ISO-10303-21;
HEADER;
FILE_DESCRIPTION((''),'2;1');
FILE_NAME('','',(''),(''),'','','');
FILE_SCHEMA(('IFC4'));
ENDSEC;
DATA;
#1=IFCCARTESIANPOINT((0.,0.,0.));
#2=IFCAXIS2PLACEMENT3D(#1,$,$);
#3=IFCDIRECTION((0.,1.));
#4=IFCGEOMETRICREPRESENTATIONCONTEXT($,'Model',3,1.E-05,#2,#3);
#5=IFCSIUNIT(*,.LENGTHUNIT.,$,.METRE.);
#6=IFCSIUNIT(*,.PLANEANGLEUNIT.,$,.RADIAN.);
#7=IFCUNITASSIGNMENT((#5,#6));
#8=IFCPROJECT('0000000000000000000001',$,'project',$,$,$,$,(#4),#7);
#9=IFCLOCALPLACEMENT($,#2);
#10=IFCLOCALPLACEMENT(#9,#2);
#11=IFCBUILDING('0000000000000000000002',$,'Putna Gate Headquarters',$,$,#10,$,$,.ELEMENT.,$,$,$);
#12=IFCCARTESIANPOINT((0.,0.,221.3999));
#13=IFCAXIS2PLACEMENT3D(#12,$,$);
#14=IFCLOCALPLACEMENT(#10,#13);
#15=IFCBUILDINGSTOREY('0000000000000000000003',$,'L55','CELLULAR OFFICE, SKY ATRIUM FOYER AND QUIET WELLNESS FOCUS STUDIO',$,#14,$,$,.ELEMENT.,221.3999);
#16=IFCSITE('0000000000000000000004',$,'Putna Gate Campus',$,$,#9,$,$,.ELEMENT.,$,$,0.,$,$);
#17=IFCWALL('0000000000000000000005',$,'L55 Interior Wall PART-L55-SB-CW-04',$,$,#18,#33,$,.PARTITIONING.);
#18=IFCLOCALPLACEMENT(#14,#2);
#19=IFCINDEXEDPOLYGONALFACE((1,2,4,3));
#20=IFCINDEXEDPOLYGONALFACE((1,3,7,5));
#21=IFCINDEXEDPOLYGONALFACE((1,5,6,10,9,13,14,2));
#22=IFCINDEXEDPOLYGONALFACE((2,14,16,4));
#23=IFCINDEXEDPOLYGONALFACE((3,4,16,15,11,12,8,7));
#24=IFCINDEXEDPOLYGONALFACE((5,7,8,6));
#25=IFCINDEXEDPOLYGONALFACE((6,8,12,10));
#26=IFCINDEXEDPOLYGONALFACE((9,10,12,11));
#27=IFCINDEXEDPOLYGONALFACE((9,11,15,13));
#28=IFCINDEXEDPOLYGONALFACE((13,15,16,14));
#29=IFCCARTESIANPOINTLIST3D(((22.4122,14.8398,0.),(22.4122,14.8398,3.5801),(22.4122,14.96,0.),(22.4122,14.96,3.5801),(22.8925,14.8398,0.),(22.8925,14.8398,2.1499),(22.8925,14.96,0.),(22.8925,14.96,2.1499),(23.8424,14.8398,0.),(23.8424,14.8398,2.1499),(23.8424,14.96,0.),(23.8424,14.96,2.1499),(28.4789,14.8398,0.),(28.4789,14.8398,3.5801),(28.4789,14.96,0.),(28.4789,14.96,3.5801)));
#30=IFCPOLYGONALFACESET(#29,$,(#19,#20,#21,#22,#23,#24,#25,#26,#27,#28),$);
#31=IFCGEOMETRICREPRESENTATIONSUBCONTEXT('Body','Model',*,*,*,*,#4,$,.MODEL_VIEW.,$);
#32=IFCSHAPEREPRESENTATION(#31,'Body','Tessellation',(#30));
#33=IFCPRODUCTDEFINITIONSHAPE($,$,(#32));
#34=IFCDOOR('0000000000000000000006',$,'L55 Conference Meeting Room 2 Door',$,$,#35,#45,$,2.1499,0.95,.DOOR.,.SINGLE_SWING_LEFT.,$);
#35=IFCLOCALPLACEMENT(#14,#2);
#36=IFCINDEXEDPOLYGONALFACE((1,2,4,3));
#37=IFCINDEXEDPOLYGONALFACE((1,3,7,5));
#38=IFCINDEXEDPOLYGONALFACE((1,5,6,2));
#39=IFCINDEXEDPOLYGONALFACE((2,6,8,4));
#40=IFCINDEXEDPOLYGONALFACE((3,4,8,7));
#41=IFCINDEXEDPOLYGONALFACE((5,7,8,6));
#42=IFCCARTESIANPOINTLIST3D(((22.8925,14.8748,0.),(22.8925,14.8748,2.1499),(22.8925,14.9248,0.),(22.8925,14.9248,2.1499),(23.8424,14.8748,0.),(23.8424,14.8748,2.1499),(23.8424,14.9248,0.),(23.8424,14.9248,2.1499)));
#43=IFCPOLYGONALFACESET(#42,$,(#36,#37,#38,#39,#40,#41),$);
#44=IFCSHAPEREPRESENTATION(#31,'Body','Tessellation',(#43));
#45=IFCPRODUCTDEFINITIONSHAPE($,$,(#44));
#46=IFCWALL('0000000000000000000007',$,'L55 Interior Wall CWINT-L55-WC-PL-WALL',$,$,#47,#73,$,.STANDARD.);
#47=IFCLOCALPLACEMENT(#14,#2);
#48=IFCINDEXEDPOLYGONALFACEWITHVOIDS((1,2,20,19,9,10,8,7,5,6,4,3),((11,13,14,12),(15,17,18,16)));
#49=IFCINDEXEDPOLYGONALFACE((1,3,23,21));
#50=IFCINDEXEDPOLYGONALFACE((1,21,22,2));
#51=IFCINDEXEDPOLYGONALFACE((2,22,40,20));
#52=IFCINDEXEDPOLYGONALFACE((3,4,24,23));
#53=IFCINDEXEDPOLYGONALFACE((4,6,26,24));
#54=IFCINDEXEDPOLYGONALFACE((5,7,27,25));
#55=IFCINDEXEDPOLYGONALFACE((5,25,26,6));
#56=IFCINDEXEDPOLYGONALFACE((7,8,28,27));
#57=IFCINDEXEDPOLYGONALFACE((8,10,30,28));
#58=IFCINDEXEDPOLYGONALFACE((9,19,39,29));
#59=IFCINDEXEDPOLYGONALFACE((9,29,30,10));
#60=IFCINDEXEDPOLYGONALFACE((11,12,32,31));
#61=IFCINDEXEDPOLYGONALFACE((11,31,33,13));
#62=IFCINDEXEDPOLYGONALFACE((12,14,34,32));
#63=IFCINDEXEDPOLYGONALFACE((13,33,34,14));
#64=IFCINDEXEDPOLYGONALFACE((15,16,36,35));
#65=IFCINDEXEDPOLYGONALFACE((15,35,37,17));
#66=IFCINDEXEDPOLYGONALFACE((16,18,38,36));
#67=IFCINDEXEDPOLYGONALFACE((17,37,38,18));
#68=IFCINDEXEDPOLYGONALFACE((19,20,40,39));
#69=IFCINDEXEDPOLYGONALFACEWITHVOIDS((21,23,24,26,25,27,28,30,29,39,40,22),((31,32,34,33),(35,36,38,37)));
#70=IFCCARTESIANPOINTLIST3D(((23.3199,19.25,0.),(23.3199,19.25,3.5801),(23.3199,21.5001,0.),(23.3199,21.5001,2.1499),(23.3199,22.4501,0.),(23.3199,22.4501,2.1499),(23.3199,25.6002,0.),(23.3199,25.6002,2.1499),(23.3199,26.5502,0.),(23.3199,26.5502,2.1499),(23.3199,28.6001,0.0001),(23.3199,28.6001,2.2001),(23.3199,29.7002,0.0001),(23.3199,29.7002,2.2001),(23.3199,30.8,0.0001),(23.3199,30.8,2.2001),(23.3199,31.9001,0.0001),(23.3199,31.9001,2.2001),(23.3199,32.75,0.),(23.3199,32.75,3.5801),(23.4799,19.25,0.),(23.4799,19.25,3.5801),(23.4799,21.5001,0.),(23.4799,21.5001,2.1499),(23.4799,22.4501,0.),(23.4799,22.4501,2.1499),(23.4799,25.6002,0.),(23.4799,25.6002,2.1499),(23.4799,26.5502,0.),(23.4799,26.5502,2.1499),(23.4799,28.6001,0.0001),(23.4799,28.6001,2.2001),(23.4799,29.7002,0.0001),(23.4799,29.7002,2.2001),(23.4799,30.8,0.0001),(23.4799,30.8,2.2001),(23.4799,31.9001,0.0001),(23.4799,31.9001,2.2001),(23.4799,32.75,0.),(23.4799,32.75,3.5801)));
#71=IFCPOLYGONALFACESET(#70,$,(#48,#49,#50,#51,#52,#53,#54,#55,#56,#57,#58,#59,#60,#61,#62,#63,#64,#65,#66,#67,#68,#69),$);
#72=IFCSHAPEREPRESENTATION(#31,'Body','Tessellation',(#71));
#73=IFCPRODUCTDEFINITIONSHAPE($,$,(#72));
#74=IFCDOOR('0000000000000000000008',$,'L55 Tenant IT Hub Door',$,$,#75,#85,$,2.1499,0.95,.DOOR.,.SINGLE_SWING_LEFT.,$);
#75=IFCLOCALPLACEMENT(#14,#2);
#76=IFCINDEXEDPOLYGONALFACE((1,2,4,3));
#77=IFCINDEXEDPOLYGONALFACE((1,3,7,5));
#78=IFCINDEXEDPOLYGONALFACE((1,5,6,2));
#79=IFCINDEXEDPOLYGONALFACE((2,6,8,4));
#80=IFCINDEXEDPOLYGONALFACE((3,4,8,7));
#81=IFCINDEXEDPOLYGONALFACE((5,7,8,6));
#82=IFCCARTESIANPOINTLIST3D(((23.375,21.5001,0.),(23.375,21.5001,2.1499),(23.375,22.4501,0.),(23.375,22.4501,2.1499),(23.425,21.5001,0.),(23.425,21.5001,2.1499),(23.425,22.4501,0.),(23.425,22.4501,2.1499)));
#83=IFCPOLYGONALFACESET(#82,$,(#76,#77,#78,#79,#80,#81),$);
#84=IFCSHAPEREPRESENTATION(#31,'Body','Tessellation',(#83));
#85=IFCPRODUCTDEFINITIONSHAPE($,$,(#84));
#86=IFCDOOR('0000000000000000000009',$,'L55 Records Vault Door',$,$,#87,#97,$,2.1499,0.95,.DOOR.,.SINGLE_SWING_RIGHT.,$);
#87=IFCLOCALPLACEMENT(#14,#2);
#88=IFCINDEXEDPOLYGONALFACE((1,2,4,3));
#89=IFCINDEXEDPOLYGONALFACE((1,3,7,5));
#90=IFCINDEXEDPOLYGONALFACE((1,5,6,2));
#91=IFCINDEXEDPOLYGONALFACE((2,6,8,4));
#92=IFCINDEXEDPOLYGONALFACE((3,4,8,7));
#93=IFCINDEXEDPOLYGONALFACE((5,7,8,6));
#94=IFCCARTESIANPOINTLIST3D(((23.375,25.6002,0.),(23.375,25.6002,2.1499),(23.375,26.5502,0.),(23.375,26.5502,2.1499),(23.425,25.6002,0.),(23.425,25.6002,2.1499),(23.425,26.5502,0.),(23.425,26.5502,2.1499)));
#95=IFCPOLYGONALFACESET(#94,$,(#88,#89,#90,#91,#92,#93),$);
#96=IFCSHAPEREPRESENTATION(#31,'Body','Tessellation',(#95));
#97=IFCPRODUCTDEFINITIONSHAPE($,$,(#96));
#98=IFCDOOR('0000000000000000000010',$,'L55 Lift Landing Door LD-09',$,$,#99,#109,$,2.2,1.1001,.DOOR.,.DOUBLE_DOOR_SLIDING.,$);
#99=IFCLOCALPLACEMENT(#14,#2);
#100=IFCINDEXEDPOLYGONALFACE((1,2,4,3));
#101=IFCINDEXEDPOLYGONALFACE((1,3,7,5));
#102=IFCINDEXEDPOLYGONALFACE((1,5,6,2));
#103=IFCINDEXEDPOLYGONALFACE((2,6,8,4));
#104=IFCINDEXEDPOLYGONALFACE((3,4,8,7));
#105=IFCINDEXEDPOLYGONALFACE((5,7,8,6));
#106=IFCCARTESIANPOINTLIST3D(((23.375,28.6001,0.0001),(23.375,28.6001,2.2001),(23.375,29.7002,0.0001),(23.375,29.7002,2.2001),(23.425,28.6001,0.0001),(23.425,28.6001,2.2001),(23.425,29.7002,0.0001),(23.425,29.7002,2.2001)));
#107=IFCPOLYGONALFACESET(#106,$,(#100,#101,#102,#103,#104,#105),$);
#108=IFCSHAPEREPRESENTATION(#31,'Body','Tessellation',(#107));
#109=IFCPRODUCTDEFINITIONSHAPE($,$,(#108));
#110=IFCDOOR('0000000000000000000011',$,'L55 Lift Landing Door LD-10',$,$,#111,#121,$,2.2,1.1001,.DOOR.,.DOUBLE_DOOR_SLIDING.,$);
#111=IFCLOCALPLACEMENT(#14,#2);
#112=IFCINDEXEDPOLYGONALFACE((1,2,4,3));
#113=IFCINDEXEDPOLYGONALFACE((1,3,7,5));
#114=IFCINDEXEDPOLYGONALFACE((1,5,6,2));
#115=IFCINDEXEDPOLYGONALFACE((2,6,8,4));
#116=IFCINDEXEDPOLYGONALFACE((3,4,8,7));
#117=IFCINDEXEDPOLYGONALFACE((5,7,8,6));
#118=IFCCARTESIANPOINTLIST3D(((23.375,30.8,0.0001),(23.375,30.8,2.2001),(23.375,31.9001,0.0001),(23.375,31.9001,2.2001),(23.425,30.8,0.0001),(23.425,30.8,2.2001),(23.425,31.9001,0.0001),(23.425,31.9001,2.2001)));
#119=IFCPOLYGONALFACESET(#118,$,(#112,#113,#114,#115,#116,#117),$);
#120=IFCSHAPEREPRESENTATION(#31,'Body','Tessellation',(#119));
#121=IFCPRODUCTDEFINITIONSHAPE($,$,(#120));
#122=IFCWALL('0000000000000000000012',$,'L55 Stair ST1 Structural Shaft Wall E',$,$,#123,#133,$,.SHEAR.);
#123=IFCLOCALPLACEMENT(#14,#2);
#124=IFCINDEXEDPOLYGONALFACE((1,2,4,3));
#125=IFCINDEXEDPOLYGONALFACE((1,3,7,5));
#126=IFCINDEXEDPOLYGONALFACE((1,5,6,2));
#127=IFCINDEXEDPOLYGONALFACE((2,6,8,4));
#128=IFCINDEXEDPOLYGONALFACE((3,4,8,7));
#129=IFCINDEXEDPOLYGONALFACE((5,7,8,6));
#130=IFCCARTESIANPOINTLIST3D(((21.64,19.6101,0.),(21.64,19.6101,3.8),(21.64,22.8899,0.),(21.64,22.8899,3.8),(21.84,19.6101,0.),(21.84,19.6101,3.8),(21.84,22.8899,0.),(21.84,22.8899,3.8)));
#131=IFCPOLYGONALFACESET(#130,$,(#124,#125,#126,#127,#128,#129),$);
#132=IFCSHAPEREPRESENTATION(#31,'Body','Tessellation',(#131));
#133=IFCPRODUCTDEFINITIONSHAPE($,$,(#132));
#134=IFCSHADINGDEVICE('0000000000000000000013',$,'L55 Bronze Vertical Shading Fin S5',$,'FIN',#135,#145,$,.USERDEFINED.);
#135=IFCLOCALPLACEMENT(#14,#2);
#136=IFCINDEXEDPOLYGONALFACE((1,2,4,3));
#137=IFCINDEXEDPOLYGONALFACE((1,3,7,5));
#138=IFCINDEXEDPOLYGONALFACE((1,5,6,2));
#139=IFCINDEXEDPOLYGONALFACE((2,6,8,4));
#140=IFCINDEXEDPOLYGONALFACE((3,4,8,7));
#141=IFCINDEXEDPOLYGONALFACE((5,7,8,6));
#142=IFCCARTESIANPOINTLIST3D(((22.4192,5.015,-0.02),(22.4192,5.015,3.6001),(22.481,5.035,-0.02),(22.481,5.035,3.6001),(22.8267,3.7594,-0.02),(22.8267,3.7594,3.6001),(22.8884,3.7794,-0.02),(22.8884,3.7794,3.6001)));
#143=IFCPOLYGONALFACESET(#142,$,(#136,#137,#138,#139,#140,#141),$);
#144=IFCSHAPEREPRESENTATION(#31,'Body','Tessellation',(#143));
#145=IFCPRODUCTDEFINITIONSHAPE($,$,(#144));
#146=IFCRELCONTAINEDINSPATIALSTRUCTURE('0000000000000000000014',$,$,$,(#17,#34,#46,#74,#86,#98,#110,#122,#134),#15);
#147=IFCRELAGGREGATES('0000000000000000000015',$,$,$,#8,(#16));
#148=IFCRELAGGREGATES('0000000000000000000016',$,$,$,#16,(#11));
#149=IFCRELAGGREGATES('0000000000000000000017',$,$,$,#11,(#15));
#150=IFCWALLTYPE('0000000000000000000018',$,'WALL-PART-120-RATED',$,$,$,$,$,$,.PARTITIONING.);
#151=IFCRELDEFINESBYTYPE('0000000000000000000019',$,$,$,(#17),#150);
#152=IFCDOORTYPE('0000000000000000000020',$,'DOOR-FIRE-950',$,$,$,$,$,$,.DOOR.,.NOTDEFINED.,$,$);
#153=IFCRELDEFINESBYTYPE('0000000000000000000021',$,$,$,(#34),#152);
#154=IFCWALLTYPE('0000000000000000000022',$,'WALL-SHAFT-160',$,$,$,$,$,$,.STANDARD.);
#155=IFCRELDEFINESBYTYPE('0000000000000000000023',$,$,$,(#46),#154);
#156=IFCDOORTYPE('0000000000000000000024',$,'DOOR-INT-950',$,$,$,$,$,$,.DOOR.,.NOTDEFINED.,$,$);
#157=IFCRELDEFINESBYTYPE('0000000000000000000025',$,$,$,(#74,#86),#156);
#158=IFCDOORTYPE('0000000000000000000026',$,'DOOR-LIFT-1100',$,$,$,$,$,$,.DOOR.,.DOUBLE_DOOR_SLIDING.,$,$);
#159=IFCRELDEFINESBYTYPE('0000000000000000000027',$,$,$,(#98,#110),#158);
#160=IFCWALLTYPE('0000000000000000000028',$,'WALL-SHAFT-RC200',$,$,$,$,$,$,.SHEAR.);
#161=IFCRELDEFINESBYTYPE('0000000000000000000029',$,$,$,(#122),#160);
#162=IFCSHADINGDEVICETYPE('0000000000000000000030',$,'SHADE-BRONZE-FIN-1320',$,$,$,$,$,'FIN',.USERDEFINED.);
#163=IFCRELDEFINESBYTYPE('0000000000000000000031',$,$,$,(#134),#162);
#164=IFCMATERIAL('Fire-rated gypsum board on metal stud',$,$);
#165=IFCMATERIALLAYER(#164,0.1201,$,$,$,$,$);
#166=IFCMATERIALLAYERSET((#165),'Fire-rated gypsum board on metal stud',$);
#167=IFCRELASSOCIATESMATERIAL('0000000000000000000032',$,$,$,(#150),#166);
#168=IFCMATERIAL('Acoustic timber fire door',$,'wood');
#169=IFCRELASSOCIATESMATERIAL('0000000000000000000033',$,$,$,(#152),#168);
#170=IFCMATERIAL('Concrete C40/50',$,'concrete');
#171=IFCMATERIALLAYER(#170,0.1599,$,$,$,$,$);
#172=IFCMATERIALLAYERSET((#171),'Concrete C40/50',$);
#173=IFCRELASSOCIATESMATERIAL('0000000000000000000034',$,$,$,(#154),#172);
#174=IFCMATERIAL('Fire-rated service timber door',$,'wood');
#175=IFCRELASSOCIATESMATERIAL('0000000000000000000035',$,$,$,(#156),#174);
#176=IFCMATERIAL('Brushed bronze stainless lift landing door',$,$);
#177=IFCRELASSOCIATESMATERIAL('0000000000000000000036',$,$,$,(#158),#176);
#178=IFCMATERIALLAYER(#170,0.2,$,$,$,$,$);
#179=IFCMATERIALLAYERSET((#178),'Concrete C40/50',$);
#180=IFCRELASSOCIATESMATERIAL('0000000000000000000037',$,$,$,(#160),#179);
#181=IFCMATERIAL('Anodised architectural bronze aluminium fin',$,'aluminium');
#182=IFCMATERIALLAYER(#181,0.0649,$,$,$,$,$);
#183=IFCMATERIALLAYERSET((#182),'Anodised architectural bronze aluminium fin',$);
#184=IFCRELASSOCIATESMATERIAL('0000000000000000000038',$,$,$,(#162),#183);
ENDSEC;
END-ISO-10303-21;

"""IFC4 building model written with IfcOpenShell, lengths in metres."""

from ifc_helpers import new_model, si_unit, direction, frame, frame_2d, origin, origin_2d, place, context, subcontext, project, spatial, rectangle, extrude, material, layer, layer_set, type_object, element, fill, save


model = new_model("IFC4")

# Units and contexts
model_context = context("Model", 3, precision=1e-05, world=origin(), true_north=direction((0.0, 1.0)))
body_context = subcontext(model_context, "Body", "Model", "MODEL_VIEW")
ifc_project = project(units=[si_unit("LENGTHUNIT", "METRE"), si_unit("PLANEANGLEUNIT", "RADIAN")], contexts=[model_context])

# Site, building, storey
site_placement = place(None, origin())
site = spatial("IfcSite", under=ifc_project, at=site_placement, Name="Putna Gate Campus", CompositionType="ELEMENT", RefElevation=0.0)
building_placement = place(site_placement, origin())
building = spatial("IfcBuilding", under=site, at=building_placement, Name="Putna Gate Headquarters", CompositionType="ELEMENT")
storey_placement = place(building_placement, frame((0.0, 0.0, 221.3999)))
storey = spatial("IfcBuildingStorey", under=building, at=storey_placement, Name="L55", Description="CELLULAR OFFICE, SKY ATRIUM FOYER AND QUIET WELLNESS FOCUS STUDIO", CompositionType="ELEMENT", Elevation=221.3999)

# Wall, opening, door
ifc_material_1 = material(Name="Fire-rated gypsum board on metal stud")
ifc_layer_1 = layer(ifc_material_1, 0.1201)
ifc_layer_set_1 = layer_set([ifc_layer_1], Name="Fire-rated gypsum board on metal stud")
wall_type_1 = type_object("IfcWallType", Name="WALL-PART-120-RATED", PredefinedType="PARTITIONING", material=ifc_layer_set_1)
ifc_material_2 = material(Name="Acoustic timber fire door", Category="wood")
door_type_1 = type_object("IfcDoorType", Name="DOOR-FIRE-950", OperationType="NOTDEFINED", PredefinedType="DOOR", material=ifc_material_2)
wall_1_placement = place(storey_placement, frame((22.4124, 14.8999, 0.0), z_axis=(0.0, 0.0, 1.0), x_axis=(1.0, 0.0, 0.0)))
wall_1 = element("IfcWall", 1, at=wall_1_placement, inside=storey, type_object=wall_type_1, Name="L55 Interior Wall PART-L55-SB-CW-04", PredefinedType="PARTITIONING", context=body_context, shape_type="SweptSolid", body=[
    extrude(rectangle(XDim=6.0667, YDim=0.1201, at=frame_2d((3.0332, 0.0))), origin(), (0.0, 0.0, 1.0), 3.5801),
])
opening_1_placement = place(wall_1_placement, frame((0.48, 0.0, 0.0)))
opening_1 = element("IfcOpeningElement", 2, at=opening_1_placement, cuts=wall_1, PredefinedType="OPENING", context=body_context, shape_type="SweptSolid", body=[
    extrude(rectangle(XDim=0.95, YDim=2.1499, at=frame_2d((0.4751, 1.075))), frame((0.0, 0.0701, 0.0), z_axis=(0.0, -1.0, 0.0), x_axis=(1.0, 0.0, 0.0)), (0.0, 0.0, 1.0), 0.1401),
])
door_1_placement = place(opening_1_placement, origin())
door_1 = element("IfcDoor", 3, at=door_1_placement, inside=storey, type_object=door_type_1, Name="L55 Conference Meeting Room 2 Door", OperationType="SINGLE_SWING_LEFT", OverallHeight=2.1499, OverallWidth=0.95, PredefinedType="DOOR", context=body_context, shape_type="SweptSolid", body=[
    extrude(rectangle(XDim=0.95, YDim=2.1499, at=frame_2d((0.4751, 1.075))), frame((0.0, 0.0249, 0.0), z_axis=(0.0, -1.0, 0.0), x_axis=(1.0, 0.0, 0.0)), (0.0, 0.0, 1.0), 0.05),
])
fill(opening_1, door_1)

# Wall, openings, doors
ifc_material_3 = material(Name="Concrete C40/50", Category="concrete")
ifc_layer_2 = layer(ifc_material_3, 0.1599)
ifc_layer_set_2 = layer_set([ifc_layer_2], Name="Concrete C40/50")
wall_type_2 = type_object("IfcWallType", Name="WALL-SHAFT-160", PredefinedType="STANDARD", material=ifc_layer_set_2)
wall_2_placement = place(storey_placement, frame((23.3999, 19.25, 0.0), z_axis=(0.0, 0.0, 1.0), x_axis=(0.0, 1.0, 0.0)))
wall_2 = element("IfcWall", 4, at=wall_2_placement, inside=storey, type_object=wall_type_2, Name="L55 Interior Wall CWINT-L55-WC-PL-WALL", PredefinedType="STANDARD", context=body_context, shape_type="SweptSolid", body=[
    extrude(rectangle(XDim=13.5, YDim=0.1599, at=frame_2d((6.75, 0.0))), origin(), (0.0, 0.0, 1.0), 3.5801),
])
opening_2_placement = place(wall_2_placement, frame((2.25, 0.0, 0.0)))
opening_2 = element("IfcOpeningElement", 5, at=opening_2_placement, cuts=wall_2, PredefinedType="OPENING", context=body_context, shape_type="SweptSolid", body=[
    extrude(rectangle(XDim=0.95, YDim=2.1499, at=frame_2d((0.4751, 1.075))), frame((0.0, 0.0898, 0.0), z_axis=(0.0, -1.0, 0.0), x_axis=(1.0, 0.0, 0.0)), (0.0, 0.0, 1.0), 0.1799),
])
opening_3_placement = place(wall_2_placement, frame((6.3501, 0.0, 0.0)))
opening_3 = element("IfcOpeningElement", 6, at=opening_3_placement, cuts=wall_2, PredefinedType="OPENING", context=body_context, shape_type="SweptSolid", body=[
    extrude(rectangle(XDim=0.95, YDim=2.1499, at=frame_2d((0.4751, 1.075))), frame((0.0, 0.0898, 0.0), z_axis=(0.0, -1.0, 0.0), x_axis=(1.0, 0.0, 0.0)), (0.0, 0.0, 1.0), 0.1799),
])
opening_4_placement = place(wall_2_placement, frame((9.3501, 0.0, 0.0)))
opening_4 = element("IfcOpeningElement", 7, at=opening_4_placement, cuts=wall_2, PredefinedType="OPENING", context=body_context, shape_type="SweptSolid", body=[
    extrude(rectangle(XDim=1.1001, YDim=2.2, at=frame_2d((0.55, 1.1001))), frame((0.0, 0.0898, 0.0), z_axis=(0.0, -1.0, 0.0), x_axis=(1.0, 0.0, 0.0)), (0.0, 0.0, 1.0), 0.1799),
])
opening_5_placement = place(wall_2_placement, frame((11.55, 0.0, 0.0)))
opening_5 = element("IfcOpeningElement", 8, at=opening_5_placement, cuts=wall_2, PredefinedType="OPENING", context=body_context, shape_type="SweptSolid", body=[
    extrude(rectangle(XDim=1.1001, YDim=2.2, at=frame_2d((0.55, 1.1001))), frame((0.0, 0.0898, 0.0), z_axis=(0.0, -1.0, 0.0), x_axis=(1.0, 0.0, 0.0)), (0.0, 0.0, 1.0), 0.1799),
])
ifc_material_4 = material(Name="Fire-rated service timber door", Category="wood")
door_type_2 = type_object("IfcDoorType", Name="DOOR-INT-950", OperationType="NOTDEFINED", PredefinedType="DOOR", material=ifc_material_4)
door_2_placement = place(opening_2_placement, origin())
door_2 = element("IfcDoor", 9, at=door_2_placement, inside=storey, type_object=door_type_2, Name="L55 Tenant IT Hub Door", OperationType="SINGLE_SWING_LEFT", OverallHeight=2.1499, OverallWidth=0.95, PredefinedType="DOOR", context=body_context, shape_type="SweptSolid", body=[
    extrude(rectangle(XDim=0.95, YDim=2.1499, at=frame_2d((0.4751, 1.075))), frame((0.0, 0.0249, 0.0), z_axis=(0.0, -1.0, 0.0), x_axis=(1.0, 0.0, 0.0)), (0.0, 0.0, 1.0), 0.05),
])
fill(opening_2, door_2)
door_3_placement = place(opening_3_placement, origin())
door_3 = element("IfcDoor", 10, at=door_3_placement, inside=storey, type_object=door_type_2, Name="L55 Records Vault Door", OperationType="SINGLE_SWING_RIGHT", OverallHeight=2.1499, OverallWidth=0.95, PredefinedType="DOOR", context=body_context, shape_type="SweptSolid", body=[
    extrude(rectangle(XDim=0.95, YDim=2.1499, at=frame_2d((0.4751, 1.075))), frame((0.0, 0.0249, 0.0), z_axis=(0.0, -1.0, 0.0), x_axis=(1.0, 0.0, 0.0)), (0.0, 0.0, 1.0), 0.05),
])
fill(opening_3, door_3)
ifc_material_5 = material(Name="Brushed bronze stainless lift landing door")
door_type_3 = type_object("IfcDoorType", Name="DOOR-LIFT-1100", OperationType="DOUBLE_DOOR_SLIDING", PredefinedType="DOOR", material=ifc_material_5)
door_4_placement = place(opening_4_placement, origin())
door_4 = element("IfcDoor", 11, at=door_4_placement, inside=storey, type_object=door_type_3, Name="L55 Lift Landing Door LD-09", OperationType="DOUBLE_DOOR_SLIDING", OverallHeight=2.2, OverallWidth=1.1001, PredefinedType="DOOR", context=body_context, shape_type="SweptSolid", body=[
    extrude(rectangle(XDim=1.1001, YDim=2.2, at=frame_2d((0.55, 1.1001))), frame((0.0, 0.0249, 0.0), z_axis=(0.0, -1.0, 0.0), x_axis=(1.0, 0.0, 0.0)), (0.0, 0.0, 1.0), 0.05),
])
fill(opening_4, door_4)
door_5_placement = place(opening_5_placement, origin())
door_5 = element("IfcDoor", 12, at=door_5_placement, inside=storey, type_object=door_type_3, Name="L55 Lift Landing Door LD-10", OperationType="DOUBLE_DOOR_SLIDING", OverallHeight=2.2, OverallWidth=1.1001, PredefinedType="DOOR", context=body_context, shape_type="SweptSolid", body=[
    extrude(rectangle(XDim=1.1001, YDim=2.2, at=frame_2d((0.55, 1.1001))), frame((0.0, 0.0249, 0.0), z_axis=(0.0, -1.0, 0.0), x_axis=(1.0, 0.0, 0.0)), (0.0, 0.0, 1.0), 0.05),
])
fill(opening_5, door_5)

# Wall
ifc_layer_3 = layer(ifc_material_3, 0.2)
ifc_layer_set_3 = layer_set([ifc_layer_3], Name="Concrete C40/50")
wall_type_3 = type_object("IfcWallType", Name="WALL-SHAFT-RC200", PredefinedType="SHEAR", material=ifc_layer_set_3)
wall_3_placement = place(storey_placement, frame((21.74, 19.6101, 0.0), z_axis=(0.0, 0.0, 1.0), x_axis=(0.0, 1.0, 0.0)))
element("IfcWall", 13, at=wall_3_placement, inside=storey, type_object=wall_type_3, Name="L55 Stair ST1 Structural Shaft Wall E", PredefinedType="SHEAR", context=body_context, shape_type="SweptSolid", body=[
    extrude(rectangle(XDim=3.2798, YDim=0.2, at=frame_2d((1.6399, 0.0))), origin(), (0.0, 0.0, 1.0), 3.8),
])

# Shading device
ifc_material_6 = material(Name="Anodised architectural bronze aluminium fin", Category="aluminium")
ifc_layer_4 = layer(ifc_material_6, 0.0649)
ifc_layer_set_4 = layer_set([ifc_layer_4], Name="Anodised architectural bronze aluminium fin")
shading_device_type = type_object("IfcShadingDeviceType", Name="SHADE-BRONZE-FIN-1320", ElementType="FIN", PredefinedType="USERDEFINED", material=ifc_layer_set_4)
shading_device_placement = place(storey_placement, frame((22.6538, 4.3972, -0.02), z_axis=(0.0, 0.0, 1.0), x_axis=(0.308685, -0.951164, 0.0)))
element("IfcShadingDevice", 14, at=shading_device_placement, inside=storey, type_object=shading_device_type, Name="L55 Bronze Vertical Shading Fin S5", ObjectType="FIN", PredefinedType="USERDEFINED", context=body_context, shape_type="SweptSolid", body=[
    extrude(rectangle(XDim=1.3201, YDim=0.0649, at=origin_2d()), origin(), (0.0, 0.0, 1.0), 3.6201),
])

save(model, "model.ifc")
